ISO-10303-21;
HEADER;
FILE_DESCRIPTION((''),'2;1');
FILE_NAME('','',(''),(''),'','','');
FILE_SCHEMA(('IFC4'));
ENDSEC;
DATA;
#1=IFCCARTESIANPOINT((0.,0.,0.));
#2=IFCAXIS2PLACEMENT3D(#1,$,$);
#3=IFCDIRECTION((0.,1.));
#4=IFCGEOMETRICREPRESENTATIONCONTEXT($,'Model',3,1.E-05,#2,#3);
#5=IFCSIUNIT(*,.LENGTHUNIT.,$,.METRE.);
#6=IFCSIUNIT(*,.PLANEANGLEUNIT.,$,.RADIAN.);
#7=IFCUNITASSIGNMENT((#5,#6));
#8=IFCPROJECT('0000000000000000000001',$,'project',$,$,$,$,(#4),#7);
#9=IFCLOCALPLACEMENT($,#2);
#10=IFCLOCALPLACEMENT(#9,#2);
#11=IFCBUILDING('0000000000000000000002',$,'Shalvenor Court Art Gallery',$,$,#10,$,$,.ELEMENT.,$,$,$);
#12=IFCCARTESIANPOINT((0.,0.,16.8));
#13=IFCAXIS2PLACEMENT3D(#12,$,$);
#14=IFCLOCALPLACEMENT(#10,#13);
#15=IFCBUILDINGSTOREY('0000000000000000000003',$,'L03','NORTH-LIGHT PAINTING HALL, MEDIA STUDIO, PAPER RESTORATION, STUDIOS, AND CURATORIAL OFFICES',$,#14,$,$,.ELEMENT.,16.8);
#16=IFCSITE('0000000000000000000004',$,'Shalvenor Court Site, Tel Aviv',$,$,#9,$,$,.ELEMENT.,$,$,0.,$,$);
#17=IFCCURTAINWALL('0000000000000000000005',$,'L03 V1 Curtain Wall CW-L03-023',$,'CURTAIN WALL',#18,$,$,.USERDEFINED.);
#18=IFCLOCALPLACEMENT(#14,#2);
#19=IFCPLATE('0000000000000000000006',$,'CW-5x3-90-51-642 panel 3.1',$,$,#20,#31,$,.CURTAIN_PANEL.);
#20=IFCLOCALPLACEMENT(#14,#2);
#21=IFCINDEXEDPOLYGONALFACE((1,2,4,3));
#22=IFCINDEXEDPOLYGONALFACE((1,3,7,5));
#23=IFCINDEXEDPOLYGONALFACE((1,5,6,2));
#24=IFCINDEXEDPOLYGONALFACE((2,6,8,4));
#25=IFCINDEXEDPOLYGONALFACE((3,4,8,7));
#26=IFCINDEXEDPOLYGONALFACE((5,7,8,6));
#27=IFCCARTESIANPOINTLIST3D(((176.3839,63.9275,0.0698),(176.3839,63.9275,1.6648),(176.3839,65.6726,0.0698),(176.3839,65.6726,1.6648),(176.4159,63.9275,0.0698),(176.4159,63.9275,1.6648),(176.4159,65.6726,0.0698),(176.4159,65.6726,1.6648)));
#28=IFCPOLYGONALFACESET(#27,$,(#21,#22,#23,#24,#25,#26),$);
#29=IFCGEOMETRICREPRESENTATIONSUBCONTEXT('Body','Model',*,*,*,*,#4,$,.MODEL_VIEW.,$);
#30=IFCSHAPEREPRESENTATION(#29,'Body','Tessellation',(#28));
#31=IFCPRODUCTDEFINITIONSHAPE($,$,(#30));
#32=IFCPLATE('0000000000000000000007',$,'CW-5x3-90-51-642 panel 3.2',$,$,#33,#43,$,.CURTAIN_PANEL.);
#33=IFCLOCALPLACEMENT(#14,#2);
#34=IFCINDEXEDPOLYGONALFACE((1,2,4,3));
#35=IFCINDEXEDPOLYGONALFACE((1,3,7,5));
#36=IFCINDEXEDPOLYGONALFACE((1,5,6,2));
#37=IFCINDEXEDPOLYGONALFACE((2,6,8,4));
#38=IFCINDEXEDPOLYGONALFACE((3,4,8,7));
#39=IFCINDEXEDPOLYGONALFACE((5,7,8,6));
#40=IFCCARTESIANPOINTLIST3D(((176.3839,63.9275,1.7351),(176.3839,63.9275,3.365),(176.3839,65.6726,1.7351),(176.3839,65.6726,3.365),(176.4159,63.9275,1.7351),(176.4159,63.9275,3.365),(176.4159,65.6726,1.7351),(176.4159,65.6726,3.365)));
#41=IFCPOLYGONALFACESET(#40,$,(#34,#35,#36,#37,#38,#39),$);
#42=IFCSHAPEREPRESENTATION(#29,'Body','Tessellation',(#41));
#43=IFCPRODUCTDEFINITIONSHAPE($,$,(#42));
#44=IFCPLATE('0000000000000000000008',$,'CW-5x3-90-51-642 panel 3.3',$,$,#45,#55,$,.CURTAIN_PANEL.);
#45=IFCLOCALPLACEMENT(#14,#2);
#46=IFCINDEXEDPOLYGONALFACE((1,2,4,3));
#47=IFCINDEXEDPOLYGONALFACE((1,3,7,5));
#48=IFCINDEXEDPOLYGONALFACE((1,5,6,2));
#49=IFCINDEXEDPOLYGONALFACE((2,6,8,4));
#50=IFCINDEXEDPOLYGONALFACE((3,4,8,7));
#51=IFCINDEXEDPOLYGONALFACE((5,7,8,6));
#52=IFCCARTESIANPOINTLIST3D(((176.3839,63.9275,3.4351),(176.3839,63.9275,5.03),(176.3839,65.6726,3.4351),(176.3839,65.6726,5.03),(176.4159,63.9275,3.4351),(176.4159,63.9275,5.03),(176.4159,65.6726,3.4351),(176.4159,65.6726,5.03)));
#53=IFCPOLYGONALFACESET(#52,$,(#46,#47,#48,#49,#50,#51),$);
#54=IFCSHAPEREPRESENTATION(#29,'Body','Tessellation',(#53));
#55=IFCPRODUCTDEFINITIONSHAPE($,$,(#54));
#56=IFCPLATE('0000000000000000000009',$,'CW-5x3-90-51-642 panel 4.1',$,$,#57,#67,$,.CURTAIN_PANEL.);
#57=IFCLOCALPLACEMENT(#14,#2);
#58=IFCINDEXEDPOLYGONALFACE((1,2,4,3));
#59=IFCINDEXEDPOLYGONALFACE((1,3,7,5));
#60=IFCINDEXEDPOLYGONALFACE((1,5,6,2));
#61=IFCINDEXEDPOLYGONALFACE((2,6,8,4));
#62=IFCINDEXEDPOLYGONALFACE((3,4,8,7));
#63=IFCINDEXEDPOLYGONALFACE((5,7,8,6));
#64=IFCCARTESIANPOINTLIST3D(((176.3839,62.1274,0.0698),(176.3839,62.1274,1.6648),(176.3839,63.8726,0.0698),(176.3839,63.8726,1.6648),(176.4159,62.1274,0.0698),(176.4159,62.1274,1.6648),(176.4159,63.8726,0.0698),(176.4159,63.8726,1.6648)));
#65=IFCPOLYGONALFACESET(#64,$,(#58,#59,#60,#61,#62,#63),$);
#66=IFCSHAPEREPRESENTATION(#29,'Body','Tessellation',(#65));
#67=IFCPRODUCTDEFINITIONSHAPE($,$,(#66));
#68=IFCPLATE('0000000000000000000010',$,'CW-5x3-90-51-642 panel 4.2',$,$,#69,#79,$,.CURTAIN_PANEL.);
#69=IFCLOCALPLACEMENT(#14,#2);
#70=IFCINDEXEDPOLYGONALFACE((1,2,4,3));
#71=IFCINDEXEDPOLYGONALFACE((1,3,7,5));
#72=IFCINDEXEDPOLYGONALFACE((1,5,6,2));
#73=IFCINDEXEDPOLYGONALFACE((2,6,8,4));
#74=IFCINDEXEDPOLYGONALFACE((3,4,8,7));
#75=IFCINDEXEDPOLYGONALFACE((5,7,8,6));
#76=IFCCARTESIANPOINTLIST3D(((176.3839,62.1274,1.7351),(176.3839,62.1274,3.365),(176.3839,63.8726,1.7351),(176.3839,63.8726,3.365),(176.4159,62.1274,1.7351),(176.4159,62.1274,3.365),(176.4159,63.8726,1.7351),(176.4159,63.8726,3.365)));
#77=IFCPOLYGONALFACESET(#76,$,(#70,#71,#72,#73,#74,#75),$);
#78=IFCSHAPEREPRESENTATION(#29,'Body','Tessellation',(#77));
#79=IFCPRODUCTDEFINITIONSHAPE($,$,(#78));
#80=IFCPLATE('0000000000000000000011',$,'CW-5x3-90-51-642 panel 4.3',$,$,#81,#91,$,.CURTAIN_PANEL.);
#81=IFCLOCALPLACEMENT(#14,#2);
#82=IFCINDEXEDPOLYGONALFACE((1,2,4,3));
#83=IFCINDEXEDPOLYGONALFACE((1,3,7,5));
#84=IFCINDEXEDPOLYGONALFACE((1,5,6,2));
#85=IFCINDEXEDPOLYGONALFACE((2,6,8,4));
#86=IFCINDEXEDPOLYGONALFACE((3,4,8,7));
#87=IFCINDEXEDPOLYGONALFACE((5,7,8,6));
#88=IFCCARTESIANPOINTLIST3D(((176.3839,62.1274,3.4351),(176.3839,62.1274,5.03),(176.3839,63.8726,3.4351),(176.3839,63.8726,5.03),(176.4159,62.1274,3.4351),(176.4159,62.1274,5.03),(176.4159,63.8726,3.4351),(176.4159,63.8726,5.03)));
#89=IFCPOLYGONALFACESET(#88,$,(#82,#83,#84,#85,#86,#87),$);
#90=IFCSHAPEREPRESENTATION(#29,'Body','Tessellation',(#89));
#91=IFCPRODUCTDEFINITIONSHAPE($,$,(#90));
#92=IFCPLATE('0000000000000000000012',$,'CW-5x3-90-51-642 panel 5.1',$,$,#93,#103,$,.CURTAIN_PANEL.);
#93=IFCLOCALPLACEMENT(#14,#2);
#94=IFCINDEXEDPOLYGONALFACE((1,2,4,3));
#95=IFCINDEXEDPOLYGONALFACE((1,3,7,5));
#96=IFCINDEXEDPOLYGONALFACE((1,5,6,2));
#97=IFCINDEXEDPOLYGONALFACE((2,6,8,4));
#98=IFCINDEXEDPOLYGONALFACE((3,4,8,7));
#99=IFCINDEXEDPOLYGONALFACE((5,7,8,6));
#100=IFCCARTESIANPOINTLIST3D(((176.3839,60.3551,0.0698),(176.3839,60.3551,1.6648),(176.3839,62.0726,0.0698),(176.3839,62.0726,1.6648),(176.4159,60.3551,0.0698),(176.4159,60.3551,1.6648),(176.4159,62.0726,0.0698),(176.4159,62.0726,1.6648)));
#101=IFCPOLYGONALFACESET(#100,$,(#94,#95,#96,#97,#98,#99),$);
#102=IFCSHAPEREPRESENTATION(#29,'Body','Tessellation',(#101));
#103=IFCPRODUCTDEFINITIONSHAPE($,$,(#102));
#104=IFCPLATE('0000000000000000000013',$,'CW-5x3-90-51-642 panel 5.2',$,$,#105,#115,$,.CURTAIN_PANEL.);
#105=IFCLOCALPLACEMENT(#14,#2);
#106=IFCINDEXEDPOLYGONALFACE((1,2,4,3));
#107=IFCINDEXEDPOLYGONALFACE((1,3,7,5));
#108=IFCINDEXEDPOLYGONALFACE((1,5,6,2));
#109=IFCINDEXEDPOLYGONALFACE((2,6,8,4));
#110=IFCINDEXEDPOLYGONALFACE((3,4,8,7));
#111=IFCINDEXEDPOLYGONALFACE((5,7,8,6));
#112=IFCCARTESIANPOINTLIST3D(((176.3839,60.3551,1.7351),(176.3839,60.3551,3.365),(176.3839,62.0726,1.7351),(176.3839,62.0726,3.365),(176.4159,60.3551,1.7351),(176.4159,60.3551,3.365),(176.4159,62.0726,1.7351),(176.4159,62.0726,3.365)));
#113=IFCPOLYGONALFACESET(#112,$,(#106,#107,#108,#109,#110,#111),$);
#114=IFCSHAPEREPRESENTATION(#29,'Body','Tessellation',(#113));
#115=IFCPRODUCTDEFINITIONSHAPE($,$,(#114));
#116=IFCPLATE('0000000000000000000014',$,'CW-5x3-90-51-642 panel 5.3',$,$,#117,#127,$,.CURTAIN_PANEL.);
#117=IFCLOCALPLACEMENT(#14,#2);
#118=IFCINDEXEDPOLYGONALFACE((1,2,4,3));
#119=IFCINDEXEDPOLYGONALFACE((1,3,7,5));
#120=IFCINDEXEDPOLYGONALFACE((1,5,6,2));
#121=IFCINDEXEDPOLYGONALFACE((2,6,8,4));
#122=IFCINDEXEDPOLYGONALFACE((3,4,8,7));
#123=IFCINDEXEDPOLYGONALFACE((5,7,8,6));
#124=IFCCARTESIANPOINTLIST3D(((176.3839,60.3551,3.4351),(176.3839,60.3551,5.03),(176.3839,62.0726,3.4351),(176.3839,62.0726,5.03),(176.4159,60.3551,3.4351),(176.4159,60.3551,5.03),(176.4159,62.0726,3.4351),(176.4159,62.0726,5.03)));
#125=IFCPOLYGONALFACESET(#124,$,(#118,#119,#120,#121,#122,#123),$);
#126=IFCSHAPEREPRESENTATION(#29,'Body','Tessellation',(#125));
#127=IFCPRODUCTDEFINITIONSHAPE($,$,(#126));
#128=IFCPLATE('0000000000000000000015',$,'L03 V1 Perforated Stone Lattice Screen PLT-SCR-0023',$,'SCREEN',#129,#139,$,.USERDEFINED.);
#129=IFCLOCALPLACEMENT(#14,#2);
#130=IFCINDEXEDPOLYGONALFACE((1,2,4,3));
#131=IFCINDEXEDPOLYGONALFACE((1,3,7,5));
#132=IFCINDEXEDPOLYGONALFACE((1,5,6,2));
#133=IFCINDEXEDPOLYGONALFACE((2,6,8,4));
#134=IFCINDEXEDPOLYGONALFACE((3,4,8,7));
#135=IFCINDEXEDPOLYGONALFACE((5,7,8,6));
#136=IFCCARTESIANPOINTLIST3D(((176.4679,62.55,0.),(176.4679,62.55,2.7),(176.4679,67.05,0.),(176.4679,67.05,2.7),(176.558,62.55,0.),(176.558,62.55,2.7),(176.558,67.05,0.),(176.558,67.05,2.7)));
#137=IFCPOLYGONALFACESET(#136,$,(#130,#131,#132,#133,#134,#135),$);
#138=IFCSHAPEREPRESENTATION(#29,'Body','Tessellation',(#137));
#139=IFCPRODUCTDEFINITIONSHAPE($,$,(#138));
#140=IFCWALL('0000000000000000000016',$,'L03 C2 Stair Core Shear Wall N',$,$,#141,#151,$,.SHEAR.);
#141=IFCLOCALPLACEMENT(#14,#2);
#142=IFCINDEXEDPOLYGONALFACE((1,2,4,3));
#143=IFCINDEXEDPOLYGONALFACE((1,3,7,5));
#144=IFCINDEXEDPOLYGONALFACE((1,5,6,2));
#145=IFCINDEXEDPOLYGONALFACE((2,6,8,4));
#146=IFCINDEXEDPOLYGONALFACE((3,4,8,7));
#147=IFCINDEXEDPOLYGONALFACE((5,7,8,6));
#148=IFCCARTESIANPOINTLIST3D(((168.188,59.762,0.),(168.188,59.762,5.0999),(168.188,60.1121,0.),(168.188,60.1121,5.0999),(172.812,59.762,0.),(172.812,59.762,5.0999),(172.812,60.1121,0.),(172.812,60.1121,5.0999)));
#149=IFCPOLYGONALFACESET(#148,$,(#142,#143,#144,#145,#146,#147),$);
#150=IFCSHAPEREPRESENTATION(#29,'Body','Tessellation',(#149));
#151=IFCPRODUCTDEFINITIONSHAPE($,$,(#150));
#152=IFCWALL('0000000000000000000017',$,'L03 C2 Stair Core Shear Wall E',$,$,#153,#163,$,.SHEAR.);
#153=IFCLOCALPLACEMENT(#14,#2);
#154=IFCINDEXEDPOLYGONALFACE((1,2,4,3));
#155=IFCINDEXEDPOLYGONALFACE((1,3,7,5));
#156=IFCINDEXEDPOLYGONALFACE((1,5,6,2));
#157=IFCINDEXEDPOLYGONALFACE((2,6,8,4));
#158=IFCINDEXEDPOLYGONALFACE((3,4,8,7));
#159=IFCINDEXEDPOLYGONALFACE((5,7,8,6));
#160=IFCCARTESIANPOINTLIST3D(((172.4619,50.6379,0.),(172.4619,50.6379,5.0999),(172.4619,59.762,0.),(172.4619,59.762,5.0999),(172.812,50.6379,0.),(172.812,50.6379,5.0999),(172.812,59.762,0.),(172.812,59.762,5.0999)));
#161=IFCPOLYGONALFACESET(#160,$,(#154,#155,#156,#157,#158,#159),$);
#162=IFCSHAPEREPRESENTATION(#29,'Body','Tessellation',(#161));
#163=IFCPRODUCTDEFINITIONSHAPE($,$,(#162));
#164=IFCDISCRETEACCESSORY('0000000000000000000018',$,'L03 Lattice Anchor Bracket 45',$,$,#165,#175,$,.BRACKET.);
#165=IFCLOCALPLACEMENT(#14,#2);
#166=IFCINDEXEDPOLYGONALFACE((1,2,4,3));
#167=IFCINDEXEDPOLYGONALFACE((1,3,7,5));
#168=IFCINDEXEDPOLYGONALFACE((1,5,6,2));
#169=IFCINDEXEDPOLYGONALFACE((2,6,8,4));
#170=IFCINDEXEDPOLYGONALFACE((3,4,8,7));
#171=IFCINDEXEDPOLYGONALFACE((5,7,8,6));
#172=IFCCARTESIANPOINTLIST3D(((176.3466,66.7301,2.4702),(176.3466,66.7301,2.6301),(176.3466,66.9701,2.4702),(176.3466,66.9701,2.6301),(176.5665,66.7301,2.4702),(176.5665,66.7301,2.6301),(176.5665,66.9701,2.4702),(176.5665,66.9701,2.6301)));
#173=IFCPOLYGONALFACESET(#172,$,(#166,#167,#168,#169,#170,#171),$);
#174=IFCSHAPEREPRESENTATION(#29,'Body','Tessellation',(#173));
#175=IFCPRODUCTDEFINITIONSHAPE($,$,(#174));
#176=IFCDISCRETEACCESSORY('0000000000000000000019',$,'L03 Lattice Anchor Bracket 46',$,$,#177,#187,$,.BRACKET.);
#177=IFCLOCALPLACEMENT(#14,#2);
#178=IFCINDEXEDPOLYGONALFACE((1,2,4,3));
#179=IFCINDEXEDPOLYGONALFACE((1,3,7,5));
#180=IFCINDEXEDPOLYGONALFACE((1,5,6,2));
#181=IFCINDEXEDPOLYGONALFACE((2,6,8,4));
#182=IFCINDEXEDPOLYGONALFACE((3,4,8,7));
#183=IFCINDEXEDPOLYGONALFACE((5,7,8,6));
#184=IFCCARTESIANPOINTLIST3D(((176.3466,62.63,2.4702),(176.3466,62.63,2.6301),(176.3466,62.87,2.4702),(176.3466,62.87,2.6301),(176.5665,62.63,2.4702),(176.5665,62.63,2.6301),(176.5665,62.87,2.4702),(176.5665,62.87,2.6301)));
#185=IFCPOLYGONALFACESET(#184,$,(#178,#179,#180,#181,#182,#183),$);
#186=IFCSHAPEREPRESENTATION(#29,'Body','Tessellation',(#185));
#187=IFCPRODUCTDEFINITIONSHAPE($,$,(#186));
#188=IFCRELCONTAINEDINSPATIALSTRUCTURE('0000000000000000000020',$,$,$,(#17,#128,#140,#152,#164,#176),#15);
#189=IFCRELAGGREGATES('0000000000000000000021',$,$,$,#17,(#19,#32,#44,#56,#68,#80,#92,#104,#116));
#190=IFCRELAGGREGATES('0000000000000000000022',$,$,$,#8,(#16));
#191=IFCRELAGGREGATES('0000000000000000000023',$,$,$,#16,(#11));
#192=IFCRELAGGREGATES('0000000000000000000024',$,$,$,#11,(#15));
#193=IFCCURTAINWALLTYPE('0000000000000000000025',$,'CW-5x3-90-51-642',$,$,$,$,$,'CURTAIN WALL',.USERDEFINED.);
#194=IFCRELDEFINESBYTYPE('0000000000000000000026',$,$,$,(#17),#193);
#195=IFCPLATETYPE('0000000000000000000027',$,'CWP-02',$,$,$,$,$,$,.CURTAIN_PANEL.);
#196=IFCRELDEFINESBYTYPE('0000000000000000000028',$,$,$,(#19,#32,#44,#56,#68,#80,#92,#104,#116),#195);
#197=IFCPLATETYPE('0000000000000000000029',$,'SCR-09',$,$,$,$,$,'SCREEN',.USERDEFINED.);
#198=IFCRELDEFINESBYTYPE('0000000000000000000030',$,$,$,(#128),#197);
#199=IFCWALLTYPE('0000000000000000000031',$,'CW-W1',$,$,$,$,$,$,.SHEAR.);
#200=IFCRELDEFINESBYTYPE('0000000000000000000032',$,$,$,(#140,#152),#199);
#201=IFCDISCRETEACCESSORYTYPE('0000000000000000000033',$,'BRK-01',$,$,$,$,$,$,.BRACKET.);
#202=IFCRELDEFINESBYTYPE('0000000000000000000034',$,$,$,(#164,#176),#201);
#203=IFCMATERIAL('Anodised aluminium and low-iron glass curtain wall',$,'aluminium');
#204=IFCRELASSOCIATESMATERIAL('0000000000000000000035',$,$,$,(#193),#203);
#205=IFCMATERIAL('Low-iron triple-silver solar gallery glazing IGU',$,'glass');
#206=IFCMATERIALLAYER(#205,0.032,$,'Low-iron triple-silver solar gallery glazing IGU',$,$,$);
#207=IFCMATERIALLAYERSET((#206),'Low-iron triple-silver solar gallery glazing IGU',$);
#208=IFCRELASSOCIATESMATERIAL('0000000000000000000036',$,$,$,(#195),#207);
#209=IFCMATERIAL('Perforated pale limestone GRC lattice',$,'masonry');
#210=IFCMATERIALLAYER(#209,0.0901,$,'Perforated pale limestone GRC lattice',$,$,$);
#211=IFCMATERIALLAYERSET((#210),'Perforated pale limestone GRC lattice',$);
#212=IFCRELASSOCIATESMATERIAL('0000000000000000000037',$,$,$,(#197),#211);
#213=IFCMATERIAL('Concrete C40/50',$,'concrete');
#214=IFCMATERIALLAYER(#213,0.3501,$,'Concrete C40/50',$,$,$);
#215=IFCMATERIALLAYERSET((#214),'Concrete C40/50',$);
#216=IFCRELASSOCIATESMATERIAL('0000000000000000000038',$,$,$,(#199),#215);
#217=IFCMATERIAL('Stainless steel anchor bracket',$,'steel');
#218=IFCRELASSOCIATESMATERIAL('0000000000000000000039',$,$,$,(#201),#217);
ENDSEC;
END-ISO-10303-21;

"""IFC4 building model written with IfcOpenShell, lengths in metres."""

from ifc_helpers import new_model, si_unit, direction, frame, frame_2d, origin, origin_2d, place, context, subcontext, project, spatial, rectangle, extrude, material, layer, layer_set, type_object, element, aggregate, save


model = new_model("IFC4")

# Units and contexts
model_context = context("Model", 3, precision=1e-05, world=origin(), true_north=direction((0.0, 1.0)))
body_context = subcontext(model_context, "Body", "Model", "MODEL_VIEW")
ifc_project = project(units=[si_unit("LENGTHUNIT", "METRE"), si_unit("PLANEANGLEUNIT", "RADIAN")], contexts=[model_context])

# Site, building, storey
site_placement = place(None, origin())
site = spatial("IfcSite", under=ifc_project, at=site_placement, Name="Shalvenor Court Site, Tel Aviv", CompositionType="ELEMENT", RefElevation=0.0)
building_placement = place(site_placement, origin())
building = spatial("IfcBuilding", under=site, at=building_placement, Name="Shalvenor Court Art Gallery", CompositionType="ELEMENT")
storey_placement = place(building_placement, frame((0.0, 0.0, 16.8)))
storey = spatial("IfcBuildingStorey", under=building, at=storey_placement, Name="L03", Description="NORTH-LIGHT PAINTING HALL, MEDIA STUDIO, PAPER RESTORATION, STUDIOS, AND CURATORIAL OFFICES", CompositionType="ELEMENT", Elevation=16.8)

# Curtain wall
ifc_material_1 = material(Name="Anodised aluminium and low-iron glass curtain wall", Category="aluminium")
curtain_wall_type = type_object("IfcCurtainWallType", Name="CW-5x3-90-51-642", ElementType="CURTAIN WALL", PredefinedType="USERDEFINED", material=ifc_material_1)
curtain_wall_placement = place(storey_placement, origin())
curtain_wall = element("IfcCurtainWall", 1, at=curtain_wall_placement, inside=storey, type_object=curtain_wall_type, Name="L03 V1 Curtain Wall CW-L03-023", ObjectType="CURTAIN WALL", PredefinedType="USERDEFINED")

# Plates
ifc_material_2 = material(Name="Low-iron triple-silver solar gallery glazing IGU", Category="glass")
ifc_layer_1 = layer(ifc_material_2, 0.032, Name="Low-iron triple-silver solar gallery glazing IGU")
ifc_layer_set_1 = layer_set([ifc_layer_1], Name="Low-iron triple-silver solar gallery glazing IGU")
plate_type_1 = type_object("IfcPlateType", Name="CWP-02", PredefinedType="CURTAIN_PANEL", material=ifc_layer_set_1)
plate_1_placement = place(storey_placement, frame((176.3999, 64.8, 0.0698), z_axis=(0.0, 0.0, 1.0), x_axis=(0.0, -1.0, 0.0)))
plate_1 = element("IfcPlate", 2, at=plate_1_placement, type_object=plate_type_1, Name="CW-5x3-90-51-642 panel 3.1", PredefinedType="CURTAIN_PANEL", context=body_context, shape_type="SweptSolid", body=[
    extrude(rectangle(XDim=1.7451, YDim=0.032, at=origin_2d()), origin(), (0.0, 0.0, 1.0), 1.595),
])
plate_2_placement = place(storey_placement, frame((176.3999, 64.8, 1.7351), z_axis=(0.0, 0.0, 1.0), x_axis=(0.0, -1.0, 0.0)))
plate_2 = element("IfcPlate", 3, at=plate_2_placement, type_object=plate_type_1, Name="CW-5x3-90-51-642 panel 3.2", PredefinedType="CURTAIN_PANEL", context=body_context, shape_type="SweptSolid", body=[
    extrude(rectangle(XDim=1.7451, YDim=0.032, at=origin_2d()), origin(), (0.0, 0.0, 1.0), 1.6299),
])
plate_3_placement = place(storey_placement, frame((176.3999, 64.8, 3.4351), z_axis=(0.0, 0.0, 1.0), x_axis=(0.0, -1.0, 0.0)))
plate_3 = element("IfcPlate", 4, at=plate_3_placement, type_object=plate_type_1, Name="CW-5x3-90-51-642 panel 3.3", PredefinedType="CURTAIN_PANEL", context=body_context, shape_type="SweptSolid", body=[
    extrude(rectangle(XDim=1.7451, YDim=0.032, at=origin_2d()), origin(), (0.0, 0.0, 1.0), 1.595),
])
plate_4_placement = place(storey_placement, frame((176.3999, 63.0, 0.0698), z_axis=(0.0, 0.0, 1.0), x_axis=(0.0, -1.0, 0.0)))
plate_4 = element("IfcPlate", 5, at=plate_4_placement, type_object=plate_type_1, Name="CW-5x3-90-51-642 panel 4.1", PredefinedType="CURTAIN_PANEL", context=body_context, shape_type="SweptSolid", body=[
    extrude(rectangle(XDim=1.7451, YDim=0.032, at=origin_2d()), origin(), (0.0, 0.0, 1.0), 1.595),
])
plate_5_placement = place(storey_placement, frame((176.3999, 63.0, 1.7351), z_axis=(0.0, 0.0, 1.0), x_axis=(0.0, -1.0, 0.0)))
plate_5 = element("IfcPlate", 6, at=plate_5_placement, type_object=plate_type_1, Name="CW-5x3-90-51-642 panel 4.2", PredefinedType="CURTAIN_PANEL", context=body_context, shape_type="SweptSolid", body=[
    extrude(rectangle(XDim=1.7451, YDim=0.032, at=origin_2d()), origin(), (0.0, 0.0, 1.0), 1.6299),
])
plate_6_placement = place(storey_placement, frame((176.3999, 63.0, 3.4351), z_axis=(0.0, 0.0, 1.0), x_axis=(0.0, -1.0, 0.0)))
plate_6 = element("IfcPlate", 7, at=plate_6_placement, type_object=plate_type_1, Name="CW-5x3-90-51-642 panel 4.3", PredefinedType="CURTAIN_PANEL", context=body_context, shape_type="SweptSolid", body=[
    extrude(rectangle(XDim=1.7451, YDim=0.032, at=origin_2d()), origin(), (0.0, 0.0, 1.0), 1.595),
])
plate_7_placement = place(storey_placement, frame((176.3999, 61.2139, 0.0698), z_axis=(0.0, 0.0, 1.0), x_axis=(0.0, -1.0, 0.0)))
plate_7 = element("IfcPlate", 8, at=plate_7_placement, type_object=plate_type_1, Name="CW-5x3-90-51-642 panel 5.1", PredefinedType="CURTAIN_PANEL", context=body_context, shape_type="SweptSolid", body=[
    extrude(rectangle(XDim=1.7175, YDim=0.032, at=origin_2d()), origin(), (0.0, 0.0, 1.0), 1.595),
])
plate_8_placement = place(storey_placement, frame((176.3999, 61.2139, 1.7351), z_axis=(0.0, 0.0, 1.0), x_axis=(0.0, -1.0, 0.0)))
plate_8 = element("IfcPlate", 9, at=plate_8_placement, type_object=plate_type_1, Name="CW-5x3-90-51-642 panel 5.2", PredefinedType="CURTAIN_PANEL", context=body_context, shape_type="SweptSolid", body=[
    extrude(rectangle(XDim=1.7175, YDim=0.032, at=origin_2d()), origin(), (0.0, 0.0, 1.0), 1.6299),
])
plate_9_placement = place(storey_placement, frame((176.3999, 61.2139, 3.4351), z_axis=(0.0, 0.0, 1.0), x_axis=(0.0, -1.0, 0.0)))
plate_9 = element("IfcPlate", 10, at=plate_9_placement, type_object=plate_type_1, Name="CW-5x3-90-51-642 panel 5.3", PredefinedType="CURTAIN_PANEL", context=body_context, shape_type="SweptSolid", body=[
    extrude(rectangle(XDim=1.7175, YDim=0.032, at=origin_2d()), origin(), (0.0, 0.0, 1.0), 1.595),
])
aggregate(curtain_wall, [plate_1, plate_2, plate_3, plate_4, plate_5, plate_6, plate_7, plate_8, plate_9])
ifc_material_3 = material(Name="Perforated pale limestone GRC lattice", Category="masonry")
ifc_layer_2 = layer(ifc_material_3, 0.0901, Name="Perforated pale limestone GRC lattice")
ifc_layer_set_2 = layer_set([ifc_layer_2], Name="Perforated pale limestone GRC lattice")
plate_type_2 = type_object("IfcPlateType", Name="SCR-09", ElementType="SCREEN", PredefinedType="USERDEFINED", material=ifc_layer_set_2)
plate_10_placement = place(storey_placement, frame((176.5129, 64.8, 0.0), z_axis=(0.0, 0.0, 1.0), x_axis=(0.0, -1.0, 0.0)))
element("IfcPlate", 11, at=plate_10_placement, inside=storey, type_object=plate_type_2, Name="L03 V1 Perforated Stone Lattice Screen PLT-SCR-0023", ObjectType="SCREEN", PredefinedType="USERDEFINED", context=body_context, shape_type="SweptSolid", body=[
    extrude(rectangle(XDim=4.5, YDim=0.0901, at=origin_2d()), origin(), (0.0, 0.0, 1.0), 2.7),
])

# Walls
ifc_material_4 = material(Name="Concrete C40/50", Category="concrete")
ifc_layer_3 = layer(ifc_material_4, 0.3501, Name="Concrete C40/50")
ifc_layer_set_3 = layer_set([ifc_layer_3], Name="Concrete C40/50")
wall_type = type_object("IfcWallType", Name="CW-W1", PredefinedType="SHEAR", material=ifc_layer_set_3)
wall_1_placement = place(storey_placement, frame((168.188, 59.937, 0.0), z_axis=(0.0, 0.0, 1.0), x_axis=(1.0, 0.0, 0.0)))
element("IfcWall", 12, at=wall_1_placement, inside=storey, type_object=wall_type, Name="L03 C2 Stair Core Shear Wall N", PredefinedType="SHEAR", context=body_context, shape_type="SweptSolid", body=[
    extrude(rectangle(XDim=4.624, YDim=0.3501, at=frame_2d((2.312, 0.0))), origin(), (0.0, 0.0, 1.0), 5.0999),
])
wall_2_placement = place(storey_placement, frame((172.637, 59.762, 0.0), z_axis=(0.0, 0.0, 1.0), x_axis=(0.0, -1.0, 0.0)))
element("IfcWall", 13, at=wall_2_placement, inside=storey, type_object=wall_type, Name="L03 C2 Stair Core Shear Wall E", PredefinedType="SHEAR", context=body_context, shape_type="SweptSolid", body=[
    extrude(rectangle(XDim=9.124, YDim=0.3501, at=frame_2d((4.562, 0.0))), origin(), (0.0, 0.0, 1.0), 5.0999),
])

# Discrete accessories
ifc_material_5 = material(Name="Stainless steel anchor bracket", Category="steel")
discrete_accessory_type = type_object("IfcDiscreteAccessoryType", Name="BRK-01", PredefinedType="BRACKET", material=ifc_material_5)
for number, where, z_axis, x_axis, name in (
    (14, (176.4565, 66.8501, 2.4702), (0.0, 0.0, 1.0), (0.0, -1.0, 0.0), "L03 Lattice Anchor Bracket 45"),
    (15, (176.4565, 62.75, 2.4702), (0.0, 0.0, 1.0), (0.0, -1.0, 0.0), "L03 Lattice Anchor Bracket 46"),
):
    element("IfcDiscreteAccessory", number, at=place(storey_placement, frame(where, z_axis=z_axis, x_axis=x_axis)), inside=storey, type_object=discrete_accessory_type, Name=name, PredefinedType="BRACKET", context=body_context, shape_type="SweptSolid", body=[
        extrude(rectangle(XDim=0.24, YDim=0.22, at=origin_2d()), origin(), (0.0, 0.0, 1.0), 0.1599),
    ])

save(model, "model.ifc")
